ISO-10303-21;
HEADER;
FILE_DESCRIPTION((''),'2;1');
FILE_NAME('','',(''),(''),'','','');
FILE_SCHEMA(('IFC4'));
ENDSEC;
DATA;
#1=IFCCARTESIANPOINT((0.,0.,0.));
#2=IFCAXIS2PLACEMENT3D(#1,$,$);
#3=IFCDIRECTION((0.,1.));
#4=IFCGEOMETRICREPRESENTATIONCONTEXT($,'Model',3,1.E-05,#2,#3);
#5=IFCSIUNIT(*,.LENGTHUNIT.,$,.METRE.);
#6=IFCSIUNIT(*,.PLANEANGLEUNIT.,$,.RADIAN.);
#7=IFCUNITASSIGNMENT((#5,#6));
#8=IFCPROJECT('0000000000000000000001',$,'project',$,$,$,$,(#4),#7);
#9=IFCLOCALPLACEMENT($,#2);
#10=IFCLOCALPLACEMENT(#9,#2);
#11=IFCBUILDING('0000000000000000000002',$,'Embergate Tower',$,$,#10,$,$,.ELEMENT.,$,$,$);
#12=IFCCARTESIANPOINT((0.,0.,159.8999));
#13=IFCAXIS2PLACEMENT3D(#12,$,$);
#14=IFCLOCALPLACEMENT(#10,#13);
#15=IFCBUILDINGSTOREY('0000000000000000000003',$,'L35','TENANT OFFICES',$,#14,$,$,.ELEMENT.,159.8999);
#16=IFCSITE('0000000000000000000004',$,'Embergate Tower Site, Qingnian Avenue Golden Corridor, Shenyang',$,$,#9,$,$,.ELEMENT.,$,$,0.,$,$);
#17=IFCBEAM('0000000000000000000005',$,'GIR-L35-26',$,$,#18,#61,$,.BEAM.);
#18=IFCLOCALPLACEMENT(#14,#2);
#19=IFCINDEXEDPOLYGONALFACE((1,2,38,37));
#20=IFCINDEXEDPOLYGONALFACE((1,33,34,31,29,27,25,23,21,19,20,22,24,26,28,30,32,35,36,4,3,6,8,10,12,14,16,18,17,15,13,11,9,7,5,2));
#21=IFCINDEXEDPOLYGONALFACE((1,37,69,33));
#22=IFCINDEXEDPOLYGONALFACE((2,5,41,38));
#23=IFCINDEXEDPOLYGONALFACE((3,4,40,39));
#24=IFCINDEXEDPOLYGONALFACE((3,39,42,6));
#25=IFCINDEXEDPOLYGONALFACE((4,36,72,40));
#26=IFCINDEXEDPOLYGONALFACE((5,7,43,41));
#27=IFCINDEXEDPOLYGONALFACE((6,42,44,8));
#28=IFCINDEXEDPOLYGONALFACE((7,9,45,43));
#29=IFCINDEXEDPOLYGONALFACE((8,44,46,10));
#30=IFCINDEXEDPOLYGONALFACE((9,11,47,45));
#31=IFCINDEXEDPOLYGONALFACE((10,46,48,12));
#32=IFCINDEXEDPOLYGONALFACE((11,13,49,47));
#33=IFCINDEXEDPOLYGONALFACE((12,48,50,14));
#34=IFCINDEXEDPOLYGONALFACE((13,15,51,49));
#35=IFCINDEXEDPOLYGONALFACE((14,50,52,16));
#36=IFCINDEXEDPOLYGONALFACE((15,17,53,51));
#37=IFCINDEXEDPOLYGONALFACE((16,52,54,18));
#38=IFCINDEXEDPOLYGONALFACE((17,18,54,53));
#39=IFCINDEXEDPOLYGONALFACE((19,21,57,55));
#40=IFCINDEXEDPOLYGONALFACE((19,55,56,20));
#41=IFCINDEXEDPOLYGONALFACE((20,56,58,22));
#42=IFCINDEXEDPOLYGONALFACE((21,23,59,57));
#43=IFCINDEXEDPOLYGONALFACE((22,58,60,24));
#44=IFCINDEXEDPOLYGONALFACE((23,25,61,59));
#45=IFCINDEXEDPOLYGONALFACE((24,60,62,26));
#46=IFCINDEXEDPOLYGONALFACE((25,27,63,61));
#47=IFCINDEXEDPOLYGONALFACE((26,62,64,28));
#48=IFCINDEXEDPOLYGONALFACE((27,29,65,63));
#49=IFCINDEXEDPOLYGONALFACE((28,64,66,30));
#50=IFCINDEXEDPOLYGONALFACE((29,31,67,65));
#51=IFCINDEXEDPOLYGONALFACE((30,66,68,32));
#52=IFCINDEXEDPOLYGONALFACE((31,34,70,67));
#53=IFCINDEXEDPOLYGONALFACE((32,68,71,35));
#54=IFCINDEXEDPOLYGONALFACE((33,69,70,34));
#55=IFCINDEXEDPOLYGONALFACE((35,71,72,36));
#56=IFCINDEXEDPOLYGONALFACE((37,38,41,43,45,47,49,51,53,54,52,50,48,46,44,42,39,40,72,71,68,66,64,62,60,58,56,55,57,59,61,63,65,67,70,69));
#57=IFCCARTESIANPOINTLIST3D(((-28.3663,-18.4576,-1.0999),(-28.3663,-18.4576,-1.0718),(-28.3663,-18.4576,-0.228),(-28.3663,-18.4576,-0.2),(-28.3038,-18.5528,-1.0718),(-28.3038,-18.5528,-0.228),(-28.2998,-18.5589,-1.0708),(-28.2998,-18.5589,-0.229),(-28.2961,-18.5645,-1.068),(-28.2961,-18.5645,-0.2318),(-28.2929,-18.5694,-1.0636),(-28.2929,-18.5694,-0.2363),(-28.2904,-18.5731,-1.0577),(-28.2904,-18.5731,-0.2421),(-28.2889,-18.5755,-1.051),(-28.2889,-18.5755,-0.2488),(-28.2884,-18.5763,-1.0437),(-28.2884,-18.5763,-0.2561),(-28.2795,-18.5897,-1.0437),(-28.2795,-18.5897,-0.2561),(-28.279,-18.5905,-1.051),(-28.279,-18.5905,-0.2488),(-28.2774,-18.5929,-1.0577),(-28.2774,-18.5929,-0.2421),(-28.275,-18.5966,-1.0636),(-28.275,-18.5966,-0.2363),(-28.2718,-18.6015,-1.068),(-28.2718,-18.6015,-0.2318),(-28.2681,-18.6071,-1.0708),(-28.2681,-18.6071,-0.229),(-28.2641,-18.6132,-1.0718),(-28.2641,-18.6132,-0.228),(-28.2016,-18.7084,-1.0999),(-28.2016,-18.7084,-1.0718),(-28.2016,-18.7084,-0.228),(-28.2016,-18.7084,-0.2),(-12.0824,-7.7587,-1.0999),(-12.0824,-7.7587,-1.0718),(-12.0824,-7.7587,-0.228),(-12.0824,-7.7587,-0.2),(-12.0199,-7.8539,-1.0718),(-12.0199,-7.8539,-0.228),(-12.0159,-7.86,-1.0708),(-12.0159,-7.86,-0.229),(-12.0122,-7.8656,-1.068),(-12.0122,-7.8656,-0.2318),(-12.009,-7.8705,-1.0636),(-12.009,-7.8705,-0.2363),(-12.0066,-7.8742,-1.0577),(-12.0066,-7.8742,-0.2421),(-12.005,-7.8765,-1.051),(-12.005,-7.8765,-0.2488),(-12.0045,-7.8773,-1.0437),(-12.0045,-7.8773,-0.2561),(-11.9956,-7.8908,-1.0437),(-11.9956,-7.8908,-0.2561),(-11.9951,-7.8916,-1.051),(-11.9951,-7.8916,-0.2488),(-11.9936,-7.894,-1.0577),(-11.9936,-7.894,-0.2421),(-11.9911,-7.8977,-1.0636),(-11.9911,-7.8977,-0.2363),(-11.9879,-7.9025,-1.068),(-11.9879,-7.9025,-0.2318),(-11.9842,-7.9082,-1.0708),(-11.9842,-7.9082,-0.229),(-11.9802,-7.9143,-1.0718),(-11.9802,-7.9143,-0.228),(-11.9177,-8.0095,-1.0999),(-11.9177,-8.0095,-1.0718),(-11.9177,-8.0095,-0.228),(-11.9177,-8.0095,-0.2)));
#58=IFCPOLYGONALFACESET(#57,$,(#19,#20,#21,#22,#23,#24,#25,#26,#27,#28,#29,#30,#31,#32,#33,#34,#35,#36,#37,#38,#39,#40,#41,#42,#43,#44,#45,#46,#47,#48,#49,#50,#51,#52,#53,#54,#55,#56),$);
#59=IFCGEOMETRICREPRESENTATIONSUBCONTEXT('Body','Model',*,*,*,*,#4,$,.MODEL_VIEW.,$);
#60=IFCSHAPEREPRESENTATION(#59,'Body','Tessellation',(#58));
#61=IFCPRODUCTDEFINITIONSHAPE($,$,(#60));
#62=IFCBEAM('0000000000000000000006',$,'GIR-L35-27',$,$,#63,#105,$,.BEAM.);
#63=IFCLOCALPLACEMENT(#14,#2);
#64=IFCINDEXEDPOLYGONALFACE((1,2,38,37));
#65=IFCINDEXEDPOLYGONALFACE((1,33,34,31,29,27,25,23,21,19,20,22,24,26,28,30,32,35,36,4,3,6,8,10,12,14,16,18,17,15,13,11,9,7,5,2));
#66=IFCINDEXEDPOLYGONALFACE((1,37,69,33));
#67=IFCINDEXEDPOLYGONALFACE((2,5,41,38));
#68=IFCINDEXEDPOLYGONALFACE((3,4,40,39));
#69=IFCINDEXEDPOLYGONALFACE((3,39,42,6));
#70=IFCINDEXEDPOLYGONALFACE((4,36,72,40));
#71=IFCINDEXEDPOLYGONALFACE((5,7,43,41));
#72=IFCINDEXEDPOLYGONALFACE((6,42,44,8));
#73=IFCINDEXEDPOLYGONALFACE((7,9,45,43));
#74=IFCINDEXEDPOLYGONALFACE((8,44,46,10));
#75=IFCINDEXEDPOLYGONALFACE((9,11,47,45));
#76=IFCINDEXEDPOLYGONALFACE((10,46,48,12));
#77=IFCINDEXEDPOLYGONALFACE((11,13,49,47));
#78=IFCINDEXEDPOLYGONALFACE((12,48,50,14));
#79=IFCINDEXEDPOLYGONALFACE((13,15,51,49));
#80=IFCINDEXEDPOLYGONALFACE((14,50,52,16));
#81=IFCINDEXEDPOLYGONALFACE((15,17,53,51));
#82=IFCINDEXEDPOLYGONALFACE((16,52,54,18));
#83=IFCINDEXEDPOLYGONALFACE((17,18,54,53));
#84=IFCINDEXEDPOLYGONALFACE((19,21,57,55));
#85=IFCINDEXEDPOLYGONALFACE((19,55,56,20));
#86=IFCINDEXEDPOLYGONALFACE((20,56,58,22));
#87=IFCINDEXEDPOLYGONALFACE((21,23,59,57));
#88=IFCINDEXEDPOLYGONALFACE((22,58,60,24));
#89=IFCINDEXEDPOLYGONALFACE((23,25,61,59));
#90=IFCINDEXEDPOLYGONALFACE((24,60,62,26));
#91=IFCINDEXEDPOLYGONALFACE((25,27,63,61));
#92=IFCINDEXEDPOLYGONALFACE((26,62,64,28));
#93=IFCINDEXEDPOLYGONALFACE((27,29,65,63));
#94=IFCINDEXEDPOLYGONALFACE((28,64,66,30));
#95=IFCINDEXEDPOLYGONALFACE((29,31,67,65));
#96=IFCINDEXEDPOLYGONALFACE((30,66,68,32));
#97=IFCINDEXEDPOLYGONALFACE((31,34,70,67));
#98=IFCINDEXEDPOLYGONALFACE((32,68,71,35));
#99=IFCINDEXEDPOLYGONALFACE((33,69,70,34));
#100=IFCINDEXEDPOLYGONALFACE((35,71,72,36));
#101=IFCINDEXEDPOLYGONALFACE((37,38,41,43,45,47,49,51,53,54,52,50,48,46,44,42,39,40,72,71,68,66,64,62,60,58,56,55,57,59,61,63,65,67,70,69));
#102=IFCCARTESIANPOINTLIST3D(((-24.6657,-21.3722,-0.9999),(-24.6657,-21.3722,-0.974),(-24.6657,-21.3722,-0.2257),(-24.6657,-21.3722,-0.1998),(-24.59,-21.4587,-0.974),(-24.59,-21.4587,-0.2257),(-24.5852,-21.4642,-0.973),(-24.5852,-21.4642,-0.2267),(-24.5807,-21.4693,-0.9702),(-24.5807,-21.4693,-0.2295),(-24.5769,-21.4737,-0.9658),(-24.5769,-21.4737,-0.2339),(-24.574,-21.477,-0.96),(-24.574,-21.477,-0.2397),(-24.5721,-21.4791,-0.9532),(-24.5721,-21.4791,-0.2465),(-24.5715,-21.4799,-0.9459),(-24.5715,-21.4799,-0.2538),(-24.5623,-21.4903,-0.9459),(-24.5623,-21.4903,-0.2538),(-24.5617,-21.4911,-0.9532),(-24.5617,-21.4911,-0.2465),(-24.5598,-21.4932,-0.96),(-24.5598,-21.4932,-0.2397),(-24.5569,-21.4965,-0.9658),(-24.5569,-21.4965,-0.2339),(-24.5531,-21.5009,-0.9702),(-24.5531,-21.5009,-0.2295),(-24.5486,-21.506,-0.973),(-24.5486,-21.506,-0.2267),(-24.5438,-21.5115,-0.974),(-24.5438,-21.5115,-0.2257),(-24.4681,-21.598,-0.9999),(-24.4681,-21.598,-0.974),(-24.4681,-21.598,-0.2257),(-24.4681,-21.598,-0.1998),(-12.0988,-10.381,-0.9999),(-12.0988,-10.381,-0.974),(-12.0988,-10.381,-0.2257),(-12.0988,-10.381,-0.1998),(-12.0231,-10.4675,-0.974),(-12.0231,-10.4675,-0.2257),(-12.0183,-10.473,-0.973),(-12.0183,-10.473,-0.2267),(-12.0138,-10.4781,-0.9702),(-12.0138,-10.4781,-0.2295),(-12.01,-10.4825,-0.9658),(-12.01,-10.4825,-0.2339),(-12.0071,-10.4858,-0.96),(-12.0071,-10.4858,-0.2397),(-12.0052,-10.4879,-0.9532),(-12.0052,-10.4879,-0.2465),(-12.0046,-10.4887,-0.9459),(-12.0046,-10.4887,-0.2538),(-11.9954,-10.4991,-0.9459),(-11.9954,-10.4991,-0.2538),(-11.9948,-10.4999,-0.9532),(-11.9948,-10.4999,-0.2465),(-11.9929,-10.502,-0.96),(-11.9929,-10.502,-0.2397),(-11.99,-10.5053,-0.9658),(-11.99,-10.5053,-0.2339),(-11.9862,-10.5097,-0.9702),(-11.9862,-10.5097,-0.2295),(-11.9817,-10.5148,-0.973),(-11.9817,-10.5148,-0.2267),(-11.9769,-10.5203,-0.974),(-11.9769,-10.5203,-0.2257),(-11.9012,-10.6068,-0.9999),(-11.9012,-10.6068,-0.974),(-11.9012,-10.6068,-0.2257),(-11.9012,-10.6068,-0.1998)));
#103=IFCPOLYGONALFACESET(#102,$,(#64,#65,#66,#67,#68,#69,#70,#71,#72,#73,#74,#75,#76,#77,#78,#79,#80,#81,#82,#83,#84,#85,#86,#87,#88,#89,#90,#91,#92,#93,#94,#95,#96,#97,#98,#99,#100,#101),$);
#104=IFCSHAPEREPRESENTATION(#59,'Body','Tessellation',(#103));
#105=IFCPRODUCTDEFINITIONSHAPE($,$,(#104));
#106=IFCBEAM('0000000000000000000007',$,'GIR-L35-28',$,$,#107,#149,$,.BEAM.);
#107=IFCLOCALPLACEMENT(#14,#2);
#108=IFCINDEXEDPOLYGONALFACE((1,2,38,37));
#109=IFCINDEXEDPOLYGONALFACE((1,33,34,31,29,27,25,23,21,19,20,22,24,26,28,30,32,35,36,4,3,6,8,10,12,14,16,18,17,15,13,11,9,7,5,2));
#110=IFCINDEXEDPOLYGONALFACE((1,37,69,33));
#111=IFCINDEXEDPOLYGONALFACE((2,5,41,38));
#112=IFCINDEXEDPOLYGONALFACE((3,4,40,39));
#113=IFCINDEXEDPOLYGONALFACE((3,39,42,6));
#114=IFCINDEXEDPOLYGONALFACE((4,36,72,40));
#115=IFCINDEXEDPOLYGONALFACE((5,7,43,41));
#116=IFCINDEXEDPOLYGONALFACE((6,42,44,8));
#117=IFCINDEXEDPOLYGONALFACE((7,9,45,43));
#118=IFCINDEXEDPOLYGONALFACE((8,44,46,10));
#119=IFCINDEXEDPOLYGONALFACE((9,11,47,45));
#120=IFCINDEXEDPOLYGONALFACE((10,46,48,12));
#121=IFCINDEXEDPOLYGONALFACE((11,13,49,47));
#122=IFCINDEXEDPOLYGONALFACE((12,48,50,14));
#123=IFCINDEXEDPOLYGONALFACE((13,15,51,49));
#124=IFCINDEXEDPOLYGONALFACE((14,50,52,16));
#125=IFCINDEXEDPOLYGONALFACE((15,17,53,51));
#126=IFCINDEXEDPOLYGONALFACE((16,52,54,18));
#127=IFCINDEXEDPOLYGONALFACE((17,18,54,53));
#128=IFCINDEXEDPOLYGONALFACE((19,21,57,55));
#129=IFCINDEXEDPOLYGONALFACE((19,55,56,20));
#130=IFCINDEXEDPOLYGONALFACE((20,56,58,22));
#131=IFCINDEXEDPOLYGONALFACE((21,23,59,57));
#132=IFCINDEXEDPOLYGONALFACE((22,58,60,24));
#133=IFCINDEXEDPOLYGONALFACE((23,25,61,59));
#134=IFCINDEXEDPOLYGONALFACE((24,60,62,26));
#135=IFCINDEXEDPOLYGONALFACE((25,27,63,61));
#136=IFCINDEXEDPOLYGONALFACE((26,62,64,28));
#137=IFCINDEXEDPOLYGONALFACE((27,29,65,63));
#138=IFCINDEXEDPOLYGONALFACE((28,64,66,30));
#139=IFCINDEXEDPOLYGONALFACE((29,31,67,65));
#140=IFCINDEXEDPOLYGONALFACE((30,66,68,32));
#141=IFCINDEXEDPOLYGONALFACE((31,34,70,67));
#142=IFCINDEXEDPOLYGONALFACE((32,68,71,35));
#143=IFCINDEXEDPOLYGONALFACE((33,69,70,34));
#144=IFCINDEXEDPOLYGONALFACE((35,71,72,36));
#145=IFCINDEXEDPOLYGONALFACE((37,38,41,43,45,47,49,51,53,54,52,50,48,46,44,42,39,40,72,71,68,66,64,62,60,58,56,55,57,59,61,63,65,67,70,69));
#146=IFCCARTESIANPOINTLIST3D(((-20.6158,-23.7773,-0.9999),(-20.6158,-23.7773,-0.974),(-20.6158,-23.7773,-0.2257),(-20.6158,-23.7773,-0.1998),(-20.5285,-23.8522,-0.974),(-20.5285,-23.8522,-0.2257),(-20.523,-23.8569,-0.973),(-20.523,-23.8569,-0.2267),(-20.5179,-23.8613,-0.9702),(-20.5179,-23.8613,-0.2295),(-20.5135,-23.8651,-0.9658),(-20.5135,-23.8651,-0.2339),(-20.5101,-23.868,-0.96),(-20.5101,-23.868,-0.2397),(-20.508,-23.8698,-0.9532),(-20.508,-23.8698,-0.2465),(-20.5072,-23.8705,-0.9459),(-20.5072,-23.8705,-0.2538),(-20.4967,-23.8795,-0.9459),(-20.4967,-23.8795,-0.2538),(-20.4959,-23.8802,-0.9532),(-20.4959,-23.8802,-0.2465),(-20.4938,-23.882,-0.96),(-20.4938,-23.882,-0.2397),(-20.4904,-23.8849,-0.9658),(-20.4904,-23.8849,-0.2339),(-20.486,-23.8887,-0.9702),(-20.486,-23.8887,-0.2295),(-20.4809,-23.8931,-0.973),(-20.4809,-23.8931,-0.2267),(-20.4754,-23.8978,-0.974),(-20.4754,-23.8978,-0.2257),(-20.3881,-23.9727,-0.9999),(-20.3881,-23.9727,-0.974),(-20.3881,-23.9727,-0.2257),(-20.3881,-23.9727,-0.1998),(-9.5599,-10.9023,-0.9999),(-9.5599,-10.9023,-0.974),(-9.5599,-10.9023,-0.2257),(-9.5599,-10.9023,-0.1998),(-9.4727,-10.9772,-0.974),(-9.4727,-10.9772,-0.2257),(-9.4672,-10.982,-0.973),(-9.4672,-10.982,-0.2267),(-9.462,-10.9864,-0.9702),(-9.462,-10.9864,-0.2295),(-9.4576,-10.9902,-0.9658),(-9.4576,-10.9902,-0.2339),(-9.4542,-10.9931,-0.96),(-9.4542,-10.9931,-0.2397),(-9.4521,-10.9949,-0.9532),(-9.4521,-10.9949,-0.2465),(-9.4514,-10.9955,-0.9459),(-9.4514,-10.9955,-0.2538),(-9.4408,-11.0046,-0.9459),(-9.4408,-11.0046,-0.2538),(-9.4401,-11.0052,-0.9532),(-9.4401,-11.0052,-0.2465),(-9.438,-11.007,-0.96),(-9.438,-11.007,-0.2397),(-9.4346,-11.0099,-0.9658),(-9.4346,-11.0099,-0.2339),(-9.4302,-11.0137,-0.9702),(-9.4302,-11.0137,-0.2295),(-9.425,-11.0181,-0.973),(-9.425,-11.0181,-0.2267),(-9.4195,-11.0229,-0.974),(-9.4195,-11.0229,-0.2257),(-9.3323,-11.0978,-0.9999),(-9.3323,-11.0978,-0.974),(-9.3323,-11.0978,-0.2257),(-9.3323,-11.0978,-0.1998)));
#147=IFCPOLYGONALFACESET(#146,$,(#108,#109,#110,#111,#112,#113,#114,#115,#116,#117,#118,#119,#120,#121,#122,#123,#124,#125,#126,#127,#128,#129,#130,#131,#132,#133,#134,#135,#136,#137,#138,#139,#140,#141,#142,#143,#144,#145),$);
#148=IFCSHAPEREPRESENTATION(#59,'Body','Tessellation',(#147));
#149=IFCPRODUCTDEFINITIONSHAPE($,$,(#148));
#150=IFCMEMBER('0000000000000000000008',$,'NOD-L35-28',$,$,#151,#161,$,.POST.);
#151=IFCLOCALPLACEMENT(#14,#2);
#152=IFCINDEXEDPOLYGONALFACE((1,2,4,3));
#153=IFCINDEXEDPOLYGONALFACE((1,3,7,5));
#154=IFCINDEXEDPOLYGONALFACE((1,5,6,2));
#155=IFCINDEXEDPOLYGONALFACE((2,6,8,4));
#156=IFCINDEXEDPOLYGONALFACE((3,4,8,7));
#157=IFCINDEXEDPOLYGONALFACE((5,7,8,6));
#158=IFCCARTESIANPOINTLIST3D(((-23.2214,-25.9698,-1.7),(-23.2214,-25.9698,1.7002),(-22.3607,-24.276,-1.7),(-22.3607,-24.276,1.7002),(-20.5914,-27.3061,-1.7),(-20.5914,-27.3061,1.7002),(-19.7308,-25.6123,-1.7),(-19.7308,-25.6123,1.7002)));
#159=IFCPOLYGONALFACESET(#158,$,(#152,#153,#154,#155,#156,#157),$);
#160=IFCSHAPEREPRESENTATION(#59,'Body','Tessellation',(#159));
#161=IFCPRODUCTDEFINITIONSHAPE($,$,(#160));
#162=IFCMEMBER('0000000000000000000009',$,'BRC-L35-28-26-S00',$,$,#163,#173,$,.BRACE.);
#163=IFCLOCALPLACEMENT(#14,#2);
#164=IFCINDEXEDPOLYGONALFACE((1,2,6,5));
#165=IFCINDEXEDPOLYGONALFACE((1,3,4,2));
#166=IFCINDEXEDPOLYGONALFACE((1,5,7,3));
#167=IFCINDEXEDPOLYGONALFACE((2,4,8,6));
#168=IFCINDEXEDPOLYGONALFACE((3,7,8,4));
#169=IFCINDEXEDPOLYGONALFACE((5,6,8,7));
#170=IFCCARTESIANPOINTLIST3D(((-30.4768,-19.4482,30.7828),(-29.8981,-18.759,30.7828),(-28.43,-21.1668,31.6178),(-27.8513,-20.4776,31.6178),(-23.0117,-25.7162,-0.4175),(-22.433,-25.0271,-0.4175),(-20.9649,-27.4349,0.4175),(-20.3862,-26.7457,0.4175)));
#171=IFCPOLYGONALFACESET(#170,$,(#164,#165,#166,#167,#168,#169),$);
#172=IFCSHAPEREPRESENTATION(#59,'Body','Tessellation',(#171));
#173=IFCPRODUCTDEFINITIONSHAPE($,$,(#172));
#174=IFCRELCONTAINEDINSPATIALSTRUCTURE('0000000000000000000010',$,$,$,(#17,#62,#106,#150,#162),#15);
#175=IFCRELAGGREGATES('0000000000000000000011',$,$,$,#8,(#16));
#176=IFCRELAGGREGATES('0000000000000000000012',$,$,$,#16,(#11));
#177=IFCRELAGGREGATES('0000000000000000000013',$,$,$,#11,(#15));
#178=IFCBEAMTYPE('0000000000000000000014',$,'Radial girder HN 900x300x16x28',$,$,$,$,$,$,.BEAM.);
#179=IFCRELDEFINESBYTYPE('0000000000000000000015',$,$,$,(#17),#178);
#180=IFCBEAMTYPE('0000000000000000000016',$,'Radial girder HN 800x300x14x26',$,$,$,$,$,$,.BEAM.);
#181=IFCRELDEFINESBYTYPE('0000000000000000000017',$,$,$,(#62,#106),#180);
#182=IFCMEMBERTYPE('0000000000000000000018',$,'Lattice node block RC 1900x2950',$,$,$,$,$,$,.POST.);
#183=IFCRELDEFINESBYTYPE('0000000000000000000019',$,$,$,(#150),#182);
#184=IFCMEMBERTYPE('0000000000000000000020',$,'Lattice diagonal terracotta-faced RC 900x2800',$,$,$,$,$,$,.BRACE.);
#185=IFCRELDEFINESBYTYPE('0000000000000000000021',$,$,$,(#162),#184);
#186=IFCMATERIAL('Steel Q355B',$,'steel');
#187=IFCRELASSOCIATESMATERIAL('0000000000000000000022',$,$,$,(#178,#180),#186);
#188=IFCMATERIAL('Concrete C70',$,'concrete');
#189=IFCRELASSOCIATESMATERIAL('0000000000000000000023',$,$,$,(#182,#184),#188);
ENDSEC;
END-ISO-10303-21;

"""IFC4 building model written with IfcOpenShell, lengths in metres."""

from ifc_helpers import new_model, si_unit, direction, frame, origin, origin_2d, place, context, subcontext, project, spatial, rectangle, i_section, extrude, source, transform, mapped, material, material_profile, profile_set, type_object, element, save


model = new_model("IFC4")

# Units and contexts
model_context = context("Model", 3, precision=1e-05, world=origin(), true_north=direction((0.0, 1.0)))
body_context = subcontext(model_context, "Body", "Model", "MODEL_VIEW")
ifc_project = project(units=[si_unit("LENGTHUNIT", "METRE"), si_unit("PLANEANGLEUNIT", "RADIAN")], contexts=[model_context])

# Site, building, storey
site_placement = place(None, origin())
site = spatial("IfcSite", under=ifc_project, at=site_placement, Name="Embergate Tower Site, Qingnian Avenue Golden Corridor, Shenyang", CompositionType="ELEMENT", RefElevation=0.0)
building_placement = place(site_placement, origin())
building = spatial("IfcBuilding", under=site, at=building_placement, Name="Embergate Tower", CompositionType="ELEMENT")
storey_placement = place(building_placement, frame((0.0, 0.0, 159.8999)))
storey = spatial("IfcBuildingStorey", under=building, at=storey_placement, Name="L35", Description="TENANT OFFICES", CompositionType="ELEMENT", Elevation=159.8999)

# Shared definitions
ifc_material_1 = material(Name="Concrete C70", Category="concrete")

# Beams
ifc_material_2 = material(Name="Steel Q355B", Category="steel")
ifc_material_profile_1 = material_profile(ifc_material_2, i_section(OverallWidth=0.3, OverallDepth=0.8999, WebThickness=0.0161, FlangeThickness=0.0281, FilletRadius=0.0281, at=origin_2d()), Name="HN 900x300x16x28")
ifc_profile_set_1 = profile_set([ifc_material_profile_1], Name="Steel Q355 grade B")
beam_type_1 = type_object("IfcBeamType", Name="Radial girder HN 900x300x16x28", PredefinedType="BEAM", material=ifc_profile_set_1)
shared_shape_1 = source(origin(), body_context, "Body", "SweptSolid", [
    extrude(i_section(OverallWidth=0.3, OverallDepth=0.8999, WebThickness=0.0161, FlangeThickness=0.0281, FilletRadius=0.0281, at=origin_2d()), origin(), (0.0, 0.0, 1.0), 19.4841),
])
beam_1_placement = place(storey_placement, frame((-28.2839, -18.583, -0.6499), z_axis=(0.83575, 0.54911, 0.0), x_axis=(-0.54911, 0.83575, 0.0)))
element("IfcBeam", 1, at=beam_1_placement, inside=storey, type_object=beam_type_1, Name="GIR-L35-26", PredefinedType="BEAM", context=body_context, shape_type="MappedRepresentation", body=[
    mapped(shared_shape_1, transform((0.0, 0.0, 0.0))),
])
ifc_material_profile_2 = material_profile(ifc_material_2, i_section(OverallWidth=0.3, OverallDepth=0.8, WebThickness=0.0139, FlangeThickness=0.0259, FilletRadius=0.0281, at=origin_2d()), Name="HN 800x300x14x26")
ifc_profile_set_2 = profile_set([ifc_material_profile_2], Name="Steel Q355 grade B")
beam_type_2 = type_object("IfcBeamType", Name="Radial girder HN 800x300x14x26", PredefinedType="BEAM", material=ifc_profile_set_2)
shared_shape_2 = source(origin(), body_context, "Body", "SweptSolid", [
    extrude(i_section(OverallWidth=0.3, OverallDepth=0.8, WebThickness=0.0139, FlangeThickness=0.0259, FilletRadius=0.0281, at=origin_2d()), origin(), (0.0, 0.0, 1.0), 16.6953),
])
beam_2_placement = place(storey_placement, frame((-24.5669, -21.4851, -0.5999), z_axis=(0.75272, 0.658341, 0.0), x_axis=(-0.658341, 0.75272, 0.0)))
element("IfcBeam", 2, at=beam_2_placement, inside=storey, type_object=beam_type_2, Name="GIR-L35-27", PredefinedType="BEAM", context=body_context, shape_type="MappedRepresentation", body=[
    mapped(shared_shape_2, transform((0.0, 0.0, 0.0))),
])
shared_shape_3 = source(origin(), body_context, "Body", "SweptSolid", [
    extrude(i_section(OverallWidth=0.3, OverallDepth=0.8, WebThickness=0.0139, FlangeThickness=0.0259, FilletRadius=0.0281, at=origin_2d()), origin(), (0.0, 0.0, 1.0), 16.9705),
])
beam_3_placement = place(storey_placement, frame((-20.502, -23.875, -0.5999), z_axis=(0.651477, 0.758668, 0.0), x_axis=(-0.758668, 0.651477, 0.0)))
element("IfcBeam", 3, at=beam_3_placement, inside=storey, type_object=beam_type_2, Name="GIR-L35-28", PredefinedType="BEAM", context=body_context, shape_type="MappedRepresentation", body=[
    mapped(shared_shape_3, transform((0.0, 0.0, 0.0))),
])

# Members
ifc_material_profile_3 = material_profile(ifc_material_1, rectangle(XDim=1.8999, YDim=2.95, at=origin_2d()), Name="RC 1900x2950")
ifc_profile_set_3 = profile_set([ifc_material_profile_3], Name="Concrete C70")
member_type_1 = type_object("IfcMemberType", Name="Lattice node block RC 1900x2950", PredefinedType="POST", material=ifc_profile_set_3)
shared_shape_4 = source(origin(), body_context, "Body", "SweptSolid", [
    extrude(rectangle(XDim=1.8999, YDim=2.95, at=origin_2d()), origin(), (0.0, 0.0, 1.0), 3.4001),
])
member_1_placement = place(storey_placement, frame((-21.4761, -25.791, -1.7), z_axis=(0.0, 0.0, 1.0), x_axis=(-0.452995, -0.891513, 0.0)))
element("IfcMember", 4, at=member_1_placement, inside=storey, type_object=member_type_1, Name="NOD-L35-28", PredefinedType="POST", context=body_context, shape_type="MappedRepresentation", body=[
    mapped(shared_shape_4, transform((0.0, 0.0, 0.0))),
])
ifc_material_profile_4 = material_profile(ifc_material_1, rectangle(XDim=0.8999, YDim=2.8, at=origin_2d()), Name="RC 900x2800")
ifc_profile_set_4 = profile_set([ifc_material_profile_4], Name="Concrete C70")
member_type_2 = type_object("IfcMemberType", Name="Lattice diagonal terracotta-faced RC 900x2800", PredefinedType="BRACE", material=ifc_profile_set_4)
shared_shape_5 = source(origin(), body_context, "Body", "SweptSolid", [
    extrude(rectangle(XDim=0.8999, YDim=2.8, at=origin_2d()), origin(), (0.0, 0.0, 1.0), 32.6875),
])
member_2_placement = place(storey_placement, frame((-21.699, -26.231, 0.0), z_axis=(-0.228378, 0.191758, 0.954501), x_axis=(-0.643035, -0.765837, 0.0)))
element("IfcMember", 5, at=member_2_placement, inside=storey, type_object=member_type_2, Name="BRC-L35-28-26-S00", PredefinedType="BRACE", context=body_context, shape_type="MappedRepresentation", body=[
    mapped(shared_shape_5, transform((0.0, 0.0, 0.0))),
])

save(model, "model.ifc")
